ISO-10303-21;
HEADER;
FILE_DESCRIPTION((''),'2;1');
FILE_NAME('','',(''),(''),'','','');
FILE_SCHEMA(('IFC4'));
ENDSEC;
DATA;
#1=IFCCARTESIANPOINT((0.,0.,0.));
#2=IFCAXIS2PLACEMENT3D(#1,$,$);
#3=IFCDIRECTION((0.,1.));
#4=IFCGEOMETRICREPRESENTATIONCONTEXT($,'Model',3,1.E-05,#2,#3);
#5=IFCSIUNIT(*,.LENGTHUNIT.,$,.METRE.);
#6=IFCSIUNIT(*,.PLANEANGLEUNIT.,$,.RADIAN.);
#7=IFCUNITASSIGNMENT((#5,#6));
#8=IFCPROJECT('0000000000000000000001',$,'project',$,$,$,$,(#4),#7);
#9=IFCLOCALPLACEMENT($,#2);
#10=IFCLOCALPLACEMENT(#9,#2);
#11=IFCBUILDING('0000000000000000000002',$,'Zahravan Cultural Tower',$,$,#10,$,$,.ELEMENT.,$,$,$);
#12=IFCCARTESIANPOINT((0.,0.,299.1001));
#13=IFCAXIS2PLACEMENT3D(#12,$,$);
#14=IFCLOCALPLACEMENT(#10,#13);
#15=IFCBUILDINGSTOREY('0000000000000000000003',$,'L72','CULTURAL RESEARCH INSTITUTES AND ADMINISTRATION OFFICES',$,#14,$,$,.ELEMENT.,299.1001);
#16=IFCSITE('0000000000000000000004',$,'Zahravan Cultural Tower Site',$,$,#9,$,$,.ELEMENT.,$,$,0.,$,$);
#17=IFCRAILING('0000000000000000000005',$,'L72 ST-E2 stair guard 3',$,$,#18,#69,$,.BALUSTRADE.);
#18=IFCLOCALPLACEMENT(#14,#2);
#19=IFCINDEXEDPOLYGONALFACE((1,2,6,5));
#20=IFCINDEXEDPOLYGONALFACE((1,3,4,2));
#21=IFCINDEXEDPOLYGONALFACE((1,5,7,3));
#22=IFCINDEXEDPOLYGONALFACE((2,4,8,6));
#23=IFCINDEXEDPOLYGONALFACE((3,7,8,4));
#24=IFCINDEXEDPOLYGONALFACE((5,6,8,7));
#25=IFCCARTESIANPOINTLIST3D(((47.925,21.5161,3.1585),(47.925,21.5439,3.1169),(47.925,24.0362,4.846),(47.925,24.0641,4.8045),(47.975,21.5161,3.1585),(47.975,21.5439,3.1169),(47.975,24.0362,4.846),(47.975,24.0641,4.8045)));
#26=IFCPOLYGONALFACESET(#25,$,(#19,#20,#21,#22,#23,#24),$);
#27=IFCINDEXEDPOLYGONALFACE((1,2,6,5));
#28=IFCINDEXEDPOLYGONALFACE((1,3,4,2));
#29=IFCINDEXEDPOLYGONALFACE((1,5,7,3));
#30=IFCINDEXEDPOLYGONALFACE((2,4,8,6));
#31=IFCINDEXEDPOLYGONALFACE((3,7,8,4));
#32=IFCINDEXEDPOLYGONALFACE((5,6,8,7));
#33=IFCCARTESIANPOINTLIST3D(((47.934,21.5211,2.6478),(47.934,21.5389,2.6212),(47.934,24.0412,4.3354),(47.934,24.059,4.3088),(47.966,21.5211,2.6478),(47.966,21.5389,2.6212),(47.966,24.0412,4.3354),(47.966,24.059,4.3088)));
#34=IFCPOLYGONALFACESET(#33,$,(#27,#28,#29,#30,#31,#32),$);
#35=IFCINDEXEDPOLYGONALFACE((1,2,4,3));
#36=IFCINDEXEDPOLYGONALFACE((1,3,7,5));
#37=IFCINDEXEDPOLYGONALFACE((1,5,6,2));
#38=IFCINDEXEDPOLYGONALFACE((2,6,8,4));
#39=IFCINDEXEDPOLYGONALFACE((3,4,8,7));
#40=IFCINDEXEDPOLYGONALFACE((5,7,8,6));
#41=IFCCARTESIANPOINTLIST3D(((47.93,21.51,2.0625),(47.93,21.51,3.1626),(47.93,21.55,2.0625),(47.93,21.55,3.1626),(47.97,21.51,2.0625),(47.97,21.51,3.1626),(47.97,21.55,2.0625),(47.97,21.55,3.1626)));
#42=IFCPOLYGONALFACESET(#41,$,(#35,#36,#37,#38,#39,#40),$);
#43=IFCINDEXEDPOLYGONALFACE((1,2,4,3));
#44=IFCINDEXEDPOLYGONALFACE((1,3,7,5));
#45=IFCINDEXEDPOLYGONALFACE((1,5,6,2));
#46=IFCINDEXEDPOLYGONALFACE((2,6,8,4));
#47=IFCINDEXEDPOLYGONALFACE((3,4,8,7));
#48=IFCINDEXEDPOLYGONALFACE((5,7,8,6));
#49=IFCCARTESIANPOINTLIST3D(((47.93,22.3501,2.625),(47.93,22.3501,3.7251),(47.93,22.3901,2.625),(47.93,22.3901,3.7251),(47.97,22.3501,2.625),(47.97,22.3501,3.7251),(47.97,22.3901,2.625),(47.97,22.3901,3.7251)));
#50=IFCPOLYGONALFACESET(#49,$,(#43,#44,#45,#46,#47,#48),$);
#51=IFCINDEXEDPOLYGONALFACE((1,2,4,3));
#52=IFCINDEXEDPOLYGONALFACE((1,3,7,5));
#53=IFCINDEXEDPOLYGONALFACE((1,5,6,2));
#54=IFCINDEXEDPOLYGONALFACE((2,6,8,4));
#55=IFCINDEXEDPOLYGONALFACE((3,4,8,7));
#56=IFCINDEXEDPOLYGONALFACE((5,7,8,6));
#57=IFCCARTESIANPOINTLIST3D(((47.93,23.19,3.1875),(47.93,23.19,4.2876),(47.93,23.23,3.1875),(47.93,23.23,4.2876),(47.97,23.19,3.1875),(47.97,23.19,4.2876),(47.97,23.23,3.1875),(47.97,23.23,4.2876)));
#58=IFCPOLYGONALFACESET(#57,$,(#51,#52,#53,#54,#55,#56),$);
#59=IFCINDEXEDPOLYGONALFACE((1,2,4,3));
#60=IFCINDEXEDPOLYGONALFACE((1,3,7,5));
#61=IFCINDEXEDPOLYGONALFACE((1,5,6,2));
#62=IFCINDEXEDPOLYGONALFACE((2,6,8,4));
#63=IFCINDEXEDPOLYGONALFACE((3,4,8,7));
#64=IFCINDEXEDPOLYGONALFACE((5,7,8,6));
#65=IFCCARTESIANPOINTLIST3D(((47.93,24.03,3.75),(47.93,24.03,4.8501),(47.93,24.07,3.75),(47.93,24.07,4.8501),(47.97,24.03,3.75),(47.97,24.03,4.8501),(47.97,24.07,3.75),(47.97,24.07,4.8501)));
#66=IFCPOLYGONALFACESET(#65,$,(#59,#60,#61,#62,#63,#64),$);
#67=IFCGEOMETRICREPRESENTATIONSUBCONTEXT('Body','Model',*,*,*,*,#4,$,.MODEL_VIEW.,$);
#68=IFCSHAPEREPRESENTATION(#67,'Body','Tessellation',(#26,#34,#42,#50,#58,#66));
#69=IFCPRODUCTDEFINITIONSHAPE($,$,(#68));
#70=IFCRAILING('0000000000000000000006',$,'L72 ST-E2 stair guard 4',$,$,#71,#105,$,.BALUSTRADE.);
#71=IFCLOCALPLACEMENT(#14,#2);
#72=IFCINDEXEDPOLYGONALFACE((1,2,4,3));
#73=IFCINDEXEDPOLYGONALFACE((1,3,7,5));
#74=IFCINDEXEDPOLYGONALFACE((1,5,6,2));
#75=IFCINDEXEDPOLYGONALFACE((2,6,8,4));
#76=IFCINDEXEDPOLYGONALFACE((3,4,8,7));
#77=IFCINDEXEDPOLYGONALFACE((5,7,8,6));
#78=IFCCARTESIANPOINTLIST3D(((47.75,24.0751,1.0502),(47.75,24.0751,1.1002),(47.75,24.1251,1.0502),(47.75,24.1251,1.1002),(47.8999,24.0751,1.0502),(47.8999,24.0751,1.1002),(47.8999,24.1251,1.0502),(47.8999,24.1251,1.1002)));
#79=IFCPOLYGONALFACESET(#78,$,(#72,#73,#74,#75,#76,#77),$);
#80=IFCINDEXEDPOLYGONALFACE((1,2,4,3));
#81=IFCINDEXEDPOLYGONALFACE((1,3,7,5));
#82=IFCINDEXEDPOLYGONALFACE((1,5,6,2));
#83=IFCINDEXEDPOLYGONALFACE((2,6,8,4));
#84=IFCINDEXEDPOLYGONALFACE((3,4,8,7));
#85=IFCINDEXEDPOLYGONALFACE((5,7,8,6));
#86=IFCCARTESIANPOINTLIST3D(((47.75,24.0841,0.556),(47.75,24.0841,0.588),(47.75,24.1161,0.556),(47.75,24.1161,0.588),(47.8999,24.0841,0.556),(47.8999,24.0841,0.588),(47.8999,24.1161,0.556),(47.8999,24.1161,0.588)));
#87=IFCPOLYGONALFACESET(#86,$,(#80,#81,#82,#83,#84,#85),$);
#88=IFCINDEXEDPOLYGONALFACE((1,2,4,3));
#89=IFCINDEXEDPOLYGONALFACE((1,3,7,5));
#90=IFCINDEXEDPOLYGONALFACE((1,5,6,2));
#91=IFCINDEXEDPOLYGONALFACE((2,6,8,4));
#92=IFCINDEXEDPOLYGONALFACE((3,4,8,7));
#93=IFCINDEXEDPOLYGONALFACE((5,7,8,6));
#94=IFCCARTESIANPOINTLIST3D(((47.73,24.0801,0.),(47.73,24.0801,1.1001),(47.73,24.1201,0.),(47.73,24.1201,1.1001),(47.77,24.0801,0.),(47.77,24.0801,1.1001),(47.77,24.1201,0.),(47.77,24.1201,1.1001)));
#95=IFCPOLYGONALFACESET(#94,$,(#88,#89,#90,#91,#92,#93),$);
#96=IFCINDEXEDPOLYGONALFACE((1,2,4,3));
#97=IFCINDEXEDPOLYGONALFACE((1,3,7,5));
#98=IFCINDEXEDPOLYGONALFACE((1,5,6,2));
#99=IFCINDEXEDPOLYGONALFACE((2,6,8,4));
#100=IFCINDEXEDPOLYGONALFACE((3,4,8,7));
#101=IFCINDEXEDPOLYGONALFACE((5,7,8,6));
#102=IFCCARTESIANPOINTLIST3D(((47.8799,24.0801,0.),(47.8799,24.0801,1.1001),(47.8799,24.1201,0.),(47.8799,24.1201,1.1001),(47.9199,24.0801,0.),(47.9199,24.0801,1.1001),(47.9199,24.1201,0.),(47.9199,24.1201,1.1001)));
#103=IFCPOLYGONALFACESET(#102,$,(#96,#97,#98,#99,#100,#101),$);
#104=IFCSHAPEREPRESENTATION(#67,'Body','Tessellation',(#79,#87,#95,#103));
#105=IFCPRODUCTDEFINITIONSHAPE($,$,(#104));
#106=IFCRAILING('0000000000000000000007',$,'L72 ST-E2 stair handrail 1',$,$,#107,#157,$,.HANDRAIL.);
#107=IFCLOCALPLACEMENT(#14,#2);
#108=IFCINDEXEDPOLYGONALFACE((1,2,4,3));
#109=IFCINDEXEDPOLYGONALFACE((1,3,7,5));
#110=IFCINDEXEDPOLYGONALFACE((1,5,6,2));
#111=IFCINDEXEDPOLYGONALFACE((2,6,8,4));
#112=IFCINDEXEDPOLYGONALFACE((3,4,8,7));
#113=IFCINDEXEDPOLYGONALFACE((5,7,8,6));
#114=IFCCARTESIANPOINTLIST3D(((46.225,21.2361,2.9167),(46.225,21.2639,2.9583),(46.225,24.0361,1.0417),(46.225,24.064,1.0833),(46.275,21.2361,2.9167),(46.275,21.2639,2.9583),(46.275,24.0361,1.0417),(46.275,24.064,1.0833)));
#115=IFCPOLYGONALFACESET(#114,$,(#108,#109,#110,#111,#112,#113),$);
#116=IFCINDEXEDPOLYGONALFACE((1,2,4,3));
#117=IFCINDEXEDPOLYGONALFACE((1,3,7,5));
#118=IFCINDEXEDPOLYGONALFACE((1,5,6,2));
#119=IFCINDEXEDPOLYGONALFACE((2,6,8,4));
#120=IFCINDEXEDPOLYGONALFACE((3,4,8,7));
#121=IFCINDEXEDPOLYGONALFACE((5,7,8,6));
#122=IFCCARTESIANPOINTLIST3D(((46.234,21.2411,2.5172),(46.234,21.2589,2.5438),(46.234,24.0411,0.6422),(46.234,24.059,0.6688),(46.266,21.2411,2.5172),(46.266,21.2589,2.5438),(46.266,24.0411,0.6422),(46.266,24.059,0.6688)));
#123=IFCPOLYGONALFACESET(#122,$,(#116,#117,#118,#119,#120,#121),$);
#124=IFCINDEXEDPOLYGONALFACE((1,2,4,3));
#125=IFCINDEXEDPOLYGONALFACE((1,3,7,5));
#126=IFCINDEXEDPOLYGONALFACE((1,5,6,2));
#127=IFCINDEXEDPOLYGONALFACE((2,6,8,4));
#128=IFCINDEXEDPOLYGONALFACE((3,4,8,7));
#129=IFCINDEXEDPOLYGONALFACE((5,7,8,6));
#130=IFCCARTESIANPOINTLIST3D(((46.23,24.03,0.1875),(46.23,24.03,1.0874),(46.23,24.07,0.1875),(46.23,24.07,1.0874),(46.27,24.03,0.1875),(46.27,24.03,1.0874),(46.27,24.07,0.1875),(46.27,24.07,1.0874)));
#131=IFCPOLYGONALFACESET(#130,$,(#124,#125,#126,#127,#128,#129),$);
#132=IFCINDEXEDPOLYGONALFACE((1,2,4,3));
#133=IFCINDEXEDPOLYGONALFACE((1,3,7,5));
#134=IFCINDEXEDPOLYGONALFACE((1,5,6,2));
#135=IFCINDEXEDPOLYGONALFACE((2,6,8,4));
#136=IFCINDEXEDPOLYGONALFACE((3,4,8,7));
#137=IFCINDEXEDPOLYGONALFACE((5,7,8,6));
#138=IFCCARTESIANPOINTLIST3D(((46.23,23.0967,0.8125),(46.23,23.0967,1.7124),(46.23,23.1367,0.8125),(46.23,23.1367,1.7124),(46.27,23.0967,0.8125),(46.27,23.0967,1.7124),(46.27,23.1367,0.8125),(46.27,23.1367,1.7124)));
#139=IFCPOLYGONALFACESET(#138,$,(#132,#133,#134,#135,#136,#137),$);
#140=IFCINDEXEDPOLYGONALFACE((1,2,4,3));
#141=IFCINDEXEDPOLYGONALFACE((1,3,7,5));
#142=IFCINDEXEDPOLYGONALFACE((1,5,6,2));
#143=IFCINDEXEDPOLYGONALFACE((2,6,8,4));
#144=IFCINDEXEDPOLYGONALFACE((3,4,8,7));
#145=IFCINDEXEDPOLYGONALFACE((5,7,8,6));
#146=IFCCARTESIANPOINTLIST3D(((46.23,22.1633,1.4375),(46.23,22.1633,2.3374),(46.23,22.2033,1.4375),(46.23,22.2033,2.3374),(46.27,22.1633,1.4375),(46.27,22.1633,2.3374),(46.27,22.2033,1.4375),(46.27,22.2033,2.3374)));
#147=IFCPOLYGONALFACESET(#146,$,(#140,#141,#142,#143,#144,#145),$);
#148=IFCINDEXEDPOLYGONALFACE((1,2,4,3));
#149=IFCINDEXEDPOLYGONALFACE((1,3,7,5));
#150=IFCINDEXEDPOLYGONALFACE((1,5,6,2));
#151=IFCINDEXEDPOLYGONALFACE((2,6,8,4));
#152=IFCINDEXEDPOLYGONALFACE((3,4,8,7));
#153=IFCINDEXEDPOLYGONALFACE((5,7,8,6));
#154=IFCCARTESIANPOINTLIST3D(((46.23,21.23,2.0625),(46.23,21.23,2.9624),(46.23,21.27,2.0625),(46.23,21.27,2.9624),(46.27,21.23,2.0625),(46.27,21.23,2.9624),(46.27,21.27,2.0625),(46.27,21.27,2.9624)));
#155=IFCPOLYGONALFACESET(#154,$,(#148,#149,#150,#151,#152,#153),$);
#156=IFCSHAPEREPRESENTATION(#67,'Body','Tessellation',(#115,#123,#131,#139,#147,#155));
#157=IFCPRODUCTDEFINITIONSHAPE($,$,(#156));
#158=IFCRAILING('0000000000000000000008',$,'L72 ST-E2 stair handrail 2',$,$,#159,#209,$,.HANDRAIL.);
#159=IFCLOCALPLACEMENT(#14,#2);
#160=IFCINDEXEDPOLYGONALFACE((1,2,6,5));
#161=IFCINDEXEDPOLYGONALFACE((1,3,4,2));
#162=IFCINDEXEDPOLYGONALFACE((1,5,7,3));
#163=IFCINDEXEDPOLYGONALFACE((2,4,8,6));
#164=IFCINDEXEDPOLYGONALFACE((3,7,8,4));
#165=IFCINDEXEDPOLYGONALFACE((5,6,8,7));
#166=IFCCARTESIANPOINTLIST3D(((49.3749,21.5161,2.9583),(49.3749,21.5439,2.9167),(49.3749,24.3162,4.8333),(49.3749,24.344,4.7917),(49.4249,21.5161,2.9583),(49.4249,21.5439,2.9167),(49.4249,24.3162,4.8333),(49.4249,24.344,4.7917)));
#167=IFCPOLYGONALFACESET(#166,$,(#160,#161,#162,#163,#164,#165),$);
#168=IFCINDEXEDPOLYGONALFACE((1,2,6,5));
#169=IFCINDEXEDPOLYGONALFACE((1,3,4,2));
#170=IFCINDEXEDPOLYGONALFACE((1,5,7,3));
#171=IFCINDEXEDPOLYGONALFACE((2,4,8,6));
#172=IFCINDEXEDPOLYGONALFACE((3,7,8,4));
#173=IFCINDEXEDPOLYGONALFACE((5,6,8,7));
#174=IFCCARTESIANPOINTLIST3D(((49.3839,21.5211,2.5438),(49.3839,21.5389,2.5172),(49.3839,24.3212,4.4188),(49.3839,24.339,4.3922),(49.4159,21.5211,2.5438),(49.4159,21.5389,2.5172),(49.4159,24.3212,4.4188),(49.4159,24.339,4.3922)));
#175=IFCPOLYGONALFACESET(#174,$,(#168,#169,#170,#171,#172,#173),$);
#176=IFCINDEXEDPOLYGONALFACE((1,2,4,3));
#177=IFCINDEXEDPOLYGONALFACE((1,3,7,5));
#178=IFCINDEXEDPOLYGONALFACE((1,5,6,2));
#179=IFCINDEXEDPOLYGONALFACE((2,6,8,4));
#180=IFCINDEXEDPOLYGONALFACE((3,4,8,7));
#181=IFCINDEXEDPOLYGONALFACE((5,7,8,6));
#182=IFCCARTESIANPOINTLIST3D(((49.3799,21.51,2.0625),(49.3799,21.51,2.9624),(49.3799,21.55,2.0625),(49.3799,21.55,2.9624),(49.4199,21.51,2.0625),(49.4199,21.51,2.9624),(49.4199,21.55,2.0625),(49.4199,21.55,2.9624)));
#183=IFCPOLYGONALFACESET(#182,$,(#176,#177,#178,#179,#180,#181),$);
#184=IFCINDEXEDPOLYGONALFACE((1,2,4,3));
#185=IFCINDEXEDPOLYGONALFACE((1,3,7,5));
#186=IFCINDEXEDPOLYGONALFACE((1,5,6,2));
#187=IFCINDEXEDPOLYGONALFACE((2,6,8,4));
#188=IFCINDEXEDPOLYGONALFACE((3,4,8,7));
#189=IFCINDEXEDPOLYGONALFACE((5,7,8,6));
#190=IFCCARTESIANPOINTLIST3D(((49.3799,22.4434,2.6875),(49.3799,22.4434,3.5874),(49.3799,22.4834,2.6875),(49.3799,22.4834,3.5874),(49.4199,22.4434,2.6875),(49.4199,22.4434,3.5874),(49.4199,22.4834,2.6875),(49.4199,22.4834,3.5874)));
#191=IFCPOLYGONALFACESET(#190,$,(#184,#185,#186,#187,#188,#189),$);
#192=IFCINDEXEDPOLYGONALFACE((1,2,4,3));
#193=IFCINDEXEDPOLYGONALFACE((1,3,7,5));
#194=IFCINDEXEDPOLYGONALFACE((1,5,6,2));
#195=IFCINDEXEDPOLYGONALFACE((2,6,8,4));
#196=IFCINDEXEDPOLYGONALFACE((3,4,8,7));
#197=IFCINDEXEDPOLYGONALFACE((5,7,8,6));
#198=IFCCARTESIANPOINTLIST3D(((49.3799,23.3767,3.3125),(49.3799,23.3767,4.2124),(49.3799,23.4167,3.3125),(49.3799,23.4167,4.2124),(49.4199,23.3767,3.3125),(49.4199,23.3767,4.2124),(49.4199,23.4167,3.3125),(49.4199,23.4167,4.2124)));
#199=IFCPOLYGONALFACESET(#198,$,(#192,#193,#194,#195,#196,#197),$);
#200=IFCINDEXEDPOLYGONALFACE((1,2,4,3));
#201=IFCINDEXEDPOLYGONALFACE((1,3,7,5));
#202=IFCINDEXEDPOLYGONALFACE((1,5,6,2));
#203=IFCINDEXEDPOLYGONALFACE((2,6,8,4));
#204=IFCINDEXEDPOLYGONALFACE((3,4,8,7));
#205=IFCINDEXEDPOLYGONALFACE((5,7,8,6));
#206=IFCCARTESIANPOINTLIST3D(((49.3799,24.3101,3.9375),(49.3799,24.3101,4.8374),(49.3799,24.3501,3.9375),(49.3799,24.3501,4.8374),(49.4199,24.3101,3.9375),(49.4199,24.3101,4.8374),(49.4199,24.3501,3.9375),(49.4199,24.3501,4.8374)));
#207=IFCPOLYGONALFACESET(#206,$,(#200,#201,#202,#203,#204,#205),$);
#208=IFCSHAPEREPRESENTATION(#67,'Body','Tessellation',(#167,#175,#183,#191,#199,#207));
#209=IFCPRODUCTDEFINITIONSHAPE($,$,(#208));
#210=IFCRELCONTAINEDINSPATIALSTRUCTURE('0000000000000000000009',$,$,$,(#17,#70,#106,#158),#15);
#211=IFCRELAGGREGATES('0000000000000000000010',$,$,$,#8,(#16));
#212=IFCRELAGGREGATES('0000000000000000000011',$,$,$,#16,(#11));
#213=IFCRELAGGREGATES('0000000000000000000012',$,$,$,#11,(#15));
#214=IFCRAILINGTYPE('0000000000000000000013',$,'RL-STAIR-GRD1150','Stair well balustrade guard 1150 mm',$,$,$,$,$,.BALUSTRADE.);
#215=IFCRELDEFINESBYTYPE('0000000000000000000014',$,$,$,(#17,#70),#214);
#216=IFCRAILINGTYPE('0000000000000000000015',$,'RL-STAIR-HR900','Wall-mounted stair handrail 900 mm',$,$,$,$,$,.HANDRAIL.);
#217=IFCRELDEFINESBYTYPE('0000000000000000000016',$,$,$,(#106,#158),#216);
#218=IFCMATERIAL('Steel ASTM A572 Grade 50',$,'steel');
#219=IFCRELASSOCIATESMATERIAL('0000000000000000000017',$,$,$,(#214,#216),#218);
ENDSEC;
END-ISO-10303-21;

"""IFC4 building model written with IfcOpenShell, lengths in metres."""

from ifc_helpers import new_model, si_unit, direction, frame, origin, origin_2d, place, context, subcontext, project, spatial, rectangle, extrude, material, type_object, element, save


model = new_model("IFC4")

# Units and contexts
model_context = context("Model", 3, precision=1e-05, world=origin(), true_north=direction((0.0, 1.0)))
body_context = subcontext(model_context, "Body", "Model", "MODEL_VIEW")
ifc_project = project(units=[si_unit("LENGTHUNIT", "METRE"), si_unit("PLANEANGLEUNIT", "RADIAN")], contexts=[model_context])

# Site, building, storey
site_placement = place(None, origin())
site = spatial("IfcSite", under=ifc_project, at=site_placement, Name="Zahravan Cultural Tower Site", CompositionType="ELEMENT", RefElevation=0.0)
building_placement = place(site_placement, origin())
building = spatial("IfcBuilding", under=site, at=building_placement, Name="Zahravan Cultural Tower", CompositionType="ELEMENT")
storey_placement = place(building_placement, frame((0.0, 0.0, 299.1001)))
storey = spatial("IfcBuildingStorey", under=building, at=storey_placement, Name="L72", Description="CULTURAL RESEARCH INSTITUTES AND ADMINISTRATION OFFICES", CompositionType="ELEMENT", Elevation=299.1001)

# Shared definitions
ifc_material_1 = material(Name="Steel ASTM A572 Grade 50", Category="steel")

# Railings
railing_type_1 = type_object("IfcRailingType", Name="RL-STAIR-GRD1150", Description="Stair well balustrade guard 1150 mm", PredefinedType="BALUSTRADE", material=ifc_material_1)
railing_1_placement = place(storey_placement, frame((47.95, 21.53, 2.0625)))
element("IfcRailing", 1, at=railing_1_placement, inside=storey, type_object=railing_type_1, Name="L72 ST-E2 stair guard 3", PredefinedType="BALUSTRADE", context=body_context, shape_type="SweptSolid", body=[
    extrude(rectangle(XDim=0.05, YDim=0.05, at=origin_2d()), frame((0.0, 0.0, 1.0752), z_axis=(0.0, 0.830909, 0.556408), x_axis=(-1.0, 0.0, 0.0)), (0.0, 0.0, 1.0), 3.033),
    extrude(rectangle(XDim=0.032, YDim=0.032, at=origin_2d()), frame((0.0, 0.0, 0.572), z_axis=(0.0, 0.830909, 0.556408), x_axis=(-1.0, 0.0, 0.0)), (0.0, 0.0, 1.0), 3.033),
    extrude(rectangle(XDim=0.04, YDim=0.04, at=origin_2d()), origin(), (0.0, 0.0, 1.0), 1.1001),
    extrude(rectangle(XDim=0.04, YDim=0.04, at=origin_2d()), frame((0.0, 0.8401, 0.5625)), (0.0, 0.0, 1.0), 1.1001),
    extrude(rectangle(XDim=0.04, YDim=0.04, at=origin_2d()), frame((0.0, 1.6799, 1.125)), (0.0, 0.0, 1.0), 1.1001),
    extrude(rectangle(XDim=0.04, YDim=0.04, at=origin_2d()), frame((0.0, 2.52, 1.6875)), (0.0, 0.0, 1.0), 1.1001),
])
railing_2_placement = place(storey_placement, frame((47.75, 24.1001, 0.0)))
element("IfcRailing", 2, at=railing_2_placement, inside=storey, type_object=railing_type_1, Name="L72 ST-E2 stair guard 4", PredefinedType="BALUSTRADE", context=body_context, shape_type="SweptSolid", body=[
    extrude(rectangle(XDim=0.05, YDim=0.05, at=origin_2d()), frame((0.0, 0.0, 1.0752), z_axis=(1.0, 0.0, 0.0), x_axis=(0.0, 1.0, 0.0)), (0.0, 0.0, 1.0), 0.1499),
    extrude(rectangle(XDim=0.032, YDim=0.032, at=origin_2d()), frame((0.0, 0.0, 0.572), z_axis=(1.0, 0.0, 0.0), x_axis=(0.0, 1.0, 0.0)), (0.0, 0.0, 1.0), 0.1499),
    extrude(rectangle(XDim=0.04, YDim=0.04, at=origin_2d()), origin(), (0.0, 0.0, 1.0), 1.1001),
    extrude(rectangle(XDim=0.04, YDim=0.04, at=origin_2d()), frame((0.1499, 0.0, 0.0)), (0.0, 0.0, 1.0), 1.1001),
])
railing_type_2 = type_object("IfcRailingType", Name="RL-STAIR-HR900", Description="Wall-mounted stair handrail 900 mm", PredefinedType="HANDRAIL", material=ifc_material_1)
railing_3_placement = place(storey_placement, frame((46.25, 24.05, 0.1875)))
element("IfcRailing", 3, at=railing_3_placement, inside=storey, type_object=railing_type_2, Name="L72 ST-E2 stair handrail 1", PredefinedType="HANDRAIL", context=body_context, shape_type="SweptSolid", body=[
    extrude(rectangle(XDim=0.05, YDim=0.05, at=origin_2d()), frame((0.0, 0.0, 0.875), z_axis=(0.0, -0.830912, 0.556404), x_axis=(1.0, 0.0, 0.0)), (0.0, 0.0, 1.0), 3.3699),
    extrude(rectangle(XDim=0.032, YDim=0.032, at=origin_2d()), frame((0.0, 0.0, 0.468), z_axis=(0.0, -0.830912, 0.556404), x_axis=(1.0, 0.0, 0.0)), (0.0, 0.0, 1.0), 3.3699),
    extrude(rectangle(XDim=0.04, YDim=0.04, at=origin_2d()), origin(), (0.0, 0.0, 1.0), 0.8999),
    extrude(rectangle(XDim=0.04, YDim=0.04, at=origin_2d()), frame((0.0, -0.9333, 0.625)), (0.0, 0.0, 1.0), 0.8999),
    extrude(rectangle(XDim=0.04, YDim=0.04, at=origin_2d()), frame((0.0, -1.8667, 1.25)), (0.0, 0.0, 1.0), 0.8999),
    extrude(rectangle(XDim=0.04, YDim=0.04, at=origin_2d()), frame((0.0, -2.8, 1.875)), (0.0, 0.0, 1.0), 0.8999),
])
railing_4_placement = place(storey_placement, frame((49.3999, 21.53, 2.0625)))
element("IfcRailing", 4, at=railing_4_placement, inside=storey, type_object=railing_type_2, Name="L72 ST-E2 stair handrail 2", PredefinedType="HANDRAIL", context=body_context, shape_type="SweptSolid", body=[
    extrude(rectangle(XDim=0.05, YDim=0.05, at=origin_2d()), frame((0.0, 0.0, 0.875), z_axis=(0.0, 0.830912, 0.556404), x_axis=(-1.0, 0.0, 0.0)), (0.0, 0.0, 1.0), 3.3699),
    extrude(rectangle(XDim=0.032, YDim=0.032, at=origin_2d()), frame((0.0, 0.0, 0.468), z_axis=(0.0, 0.830912, 0.556404), x_axis=(-1.0, 0.0, 0.0)), (0.0, 0.0, 1.0), 3.3699),
    extrude(rectangle(XDim=0.04, YDim=0.04, at=origin_2d()), origin(), (0.0, 0.0, 1.0), 0.8999),
    extrude(rectangle(XDim=0.04, YDim=0.04, at=origin_2d()), frame((0.0, 0.9333, 0.625)), (0.0, 0.0, 1.0), 0.8999),
    extrude(rectangle(XDim=0.04, YDim=0.04, at=origin_2d()), frame((0.0, 1.8667, 1.25)), (0.0, 0.0, 1.0), 0.8999),
    extrude(rectangle(XDim=0.04, YDim=0.04, at=origin_2d()), frame((0.0, 2.8, 1.875)), (0.0, 0.0, 1.0), 0.8999),
])

save(model, "model.ifc")
